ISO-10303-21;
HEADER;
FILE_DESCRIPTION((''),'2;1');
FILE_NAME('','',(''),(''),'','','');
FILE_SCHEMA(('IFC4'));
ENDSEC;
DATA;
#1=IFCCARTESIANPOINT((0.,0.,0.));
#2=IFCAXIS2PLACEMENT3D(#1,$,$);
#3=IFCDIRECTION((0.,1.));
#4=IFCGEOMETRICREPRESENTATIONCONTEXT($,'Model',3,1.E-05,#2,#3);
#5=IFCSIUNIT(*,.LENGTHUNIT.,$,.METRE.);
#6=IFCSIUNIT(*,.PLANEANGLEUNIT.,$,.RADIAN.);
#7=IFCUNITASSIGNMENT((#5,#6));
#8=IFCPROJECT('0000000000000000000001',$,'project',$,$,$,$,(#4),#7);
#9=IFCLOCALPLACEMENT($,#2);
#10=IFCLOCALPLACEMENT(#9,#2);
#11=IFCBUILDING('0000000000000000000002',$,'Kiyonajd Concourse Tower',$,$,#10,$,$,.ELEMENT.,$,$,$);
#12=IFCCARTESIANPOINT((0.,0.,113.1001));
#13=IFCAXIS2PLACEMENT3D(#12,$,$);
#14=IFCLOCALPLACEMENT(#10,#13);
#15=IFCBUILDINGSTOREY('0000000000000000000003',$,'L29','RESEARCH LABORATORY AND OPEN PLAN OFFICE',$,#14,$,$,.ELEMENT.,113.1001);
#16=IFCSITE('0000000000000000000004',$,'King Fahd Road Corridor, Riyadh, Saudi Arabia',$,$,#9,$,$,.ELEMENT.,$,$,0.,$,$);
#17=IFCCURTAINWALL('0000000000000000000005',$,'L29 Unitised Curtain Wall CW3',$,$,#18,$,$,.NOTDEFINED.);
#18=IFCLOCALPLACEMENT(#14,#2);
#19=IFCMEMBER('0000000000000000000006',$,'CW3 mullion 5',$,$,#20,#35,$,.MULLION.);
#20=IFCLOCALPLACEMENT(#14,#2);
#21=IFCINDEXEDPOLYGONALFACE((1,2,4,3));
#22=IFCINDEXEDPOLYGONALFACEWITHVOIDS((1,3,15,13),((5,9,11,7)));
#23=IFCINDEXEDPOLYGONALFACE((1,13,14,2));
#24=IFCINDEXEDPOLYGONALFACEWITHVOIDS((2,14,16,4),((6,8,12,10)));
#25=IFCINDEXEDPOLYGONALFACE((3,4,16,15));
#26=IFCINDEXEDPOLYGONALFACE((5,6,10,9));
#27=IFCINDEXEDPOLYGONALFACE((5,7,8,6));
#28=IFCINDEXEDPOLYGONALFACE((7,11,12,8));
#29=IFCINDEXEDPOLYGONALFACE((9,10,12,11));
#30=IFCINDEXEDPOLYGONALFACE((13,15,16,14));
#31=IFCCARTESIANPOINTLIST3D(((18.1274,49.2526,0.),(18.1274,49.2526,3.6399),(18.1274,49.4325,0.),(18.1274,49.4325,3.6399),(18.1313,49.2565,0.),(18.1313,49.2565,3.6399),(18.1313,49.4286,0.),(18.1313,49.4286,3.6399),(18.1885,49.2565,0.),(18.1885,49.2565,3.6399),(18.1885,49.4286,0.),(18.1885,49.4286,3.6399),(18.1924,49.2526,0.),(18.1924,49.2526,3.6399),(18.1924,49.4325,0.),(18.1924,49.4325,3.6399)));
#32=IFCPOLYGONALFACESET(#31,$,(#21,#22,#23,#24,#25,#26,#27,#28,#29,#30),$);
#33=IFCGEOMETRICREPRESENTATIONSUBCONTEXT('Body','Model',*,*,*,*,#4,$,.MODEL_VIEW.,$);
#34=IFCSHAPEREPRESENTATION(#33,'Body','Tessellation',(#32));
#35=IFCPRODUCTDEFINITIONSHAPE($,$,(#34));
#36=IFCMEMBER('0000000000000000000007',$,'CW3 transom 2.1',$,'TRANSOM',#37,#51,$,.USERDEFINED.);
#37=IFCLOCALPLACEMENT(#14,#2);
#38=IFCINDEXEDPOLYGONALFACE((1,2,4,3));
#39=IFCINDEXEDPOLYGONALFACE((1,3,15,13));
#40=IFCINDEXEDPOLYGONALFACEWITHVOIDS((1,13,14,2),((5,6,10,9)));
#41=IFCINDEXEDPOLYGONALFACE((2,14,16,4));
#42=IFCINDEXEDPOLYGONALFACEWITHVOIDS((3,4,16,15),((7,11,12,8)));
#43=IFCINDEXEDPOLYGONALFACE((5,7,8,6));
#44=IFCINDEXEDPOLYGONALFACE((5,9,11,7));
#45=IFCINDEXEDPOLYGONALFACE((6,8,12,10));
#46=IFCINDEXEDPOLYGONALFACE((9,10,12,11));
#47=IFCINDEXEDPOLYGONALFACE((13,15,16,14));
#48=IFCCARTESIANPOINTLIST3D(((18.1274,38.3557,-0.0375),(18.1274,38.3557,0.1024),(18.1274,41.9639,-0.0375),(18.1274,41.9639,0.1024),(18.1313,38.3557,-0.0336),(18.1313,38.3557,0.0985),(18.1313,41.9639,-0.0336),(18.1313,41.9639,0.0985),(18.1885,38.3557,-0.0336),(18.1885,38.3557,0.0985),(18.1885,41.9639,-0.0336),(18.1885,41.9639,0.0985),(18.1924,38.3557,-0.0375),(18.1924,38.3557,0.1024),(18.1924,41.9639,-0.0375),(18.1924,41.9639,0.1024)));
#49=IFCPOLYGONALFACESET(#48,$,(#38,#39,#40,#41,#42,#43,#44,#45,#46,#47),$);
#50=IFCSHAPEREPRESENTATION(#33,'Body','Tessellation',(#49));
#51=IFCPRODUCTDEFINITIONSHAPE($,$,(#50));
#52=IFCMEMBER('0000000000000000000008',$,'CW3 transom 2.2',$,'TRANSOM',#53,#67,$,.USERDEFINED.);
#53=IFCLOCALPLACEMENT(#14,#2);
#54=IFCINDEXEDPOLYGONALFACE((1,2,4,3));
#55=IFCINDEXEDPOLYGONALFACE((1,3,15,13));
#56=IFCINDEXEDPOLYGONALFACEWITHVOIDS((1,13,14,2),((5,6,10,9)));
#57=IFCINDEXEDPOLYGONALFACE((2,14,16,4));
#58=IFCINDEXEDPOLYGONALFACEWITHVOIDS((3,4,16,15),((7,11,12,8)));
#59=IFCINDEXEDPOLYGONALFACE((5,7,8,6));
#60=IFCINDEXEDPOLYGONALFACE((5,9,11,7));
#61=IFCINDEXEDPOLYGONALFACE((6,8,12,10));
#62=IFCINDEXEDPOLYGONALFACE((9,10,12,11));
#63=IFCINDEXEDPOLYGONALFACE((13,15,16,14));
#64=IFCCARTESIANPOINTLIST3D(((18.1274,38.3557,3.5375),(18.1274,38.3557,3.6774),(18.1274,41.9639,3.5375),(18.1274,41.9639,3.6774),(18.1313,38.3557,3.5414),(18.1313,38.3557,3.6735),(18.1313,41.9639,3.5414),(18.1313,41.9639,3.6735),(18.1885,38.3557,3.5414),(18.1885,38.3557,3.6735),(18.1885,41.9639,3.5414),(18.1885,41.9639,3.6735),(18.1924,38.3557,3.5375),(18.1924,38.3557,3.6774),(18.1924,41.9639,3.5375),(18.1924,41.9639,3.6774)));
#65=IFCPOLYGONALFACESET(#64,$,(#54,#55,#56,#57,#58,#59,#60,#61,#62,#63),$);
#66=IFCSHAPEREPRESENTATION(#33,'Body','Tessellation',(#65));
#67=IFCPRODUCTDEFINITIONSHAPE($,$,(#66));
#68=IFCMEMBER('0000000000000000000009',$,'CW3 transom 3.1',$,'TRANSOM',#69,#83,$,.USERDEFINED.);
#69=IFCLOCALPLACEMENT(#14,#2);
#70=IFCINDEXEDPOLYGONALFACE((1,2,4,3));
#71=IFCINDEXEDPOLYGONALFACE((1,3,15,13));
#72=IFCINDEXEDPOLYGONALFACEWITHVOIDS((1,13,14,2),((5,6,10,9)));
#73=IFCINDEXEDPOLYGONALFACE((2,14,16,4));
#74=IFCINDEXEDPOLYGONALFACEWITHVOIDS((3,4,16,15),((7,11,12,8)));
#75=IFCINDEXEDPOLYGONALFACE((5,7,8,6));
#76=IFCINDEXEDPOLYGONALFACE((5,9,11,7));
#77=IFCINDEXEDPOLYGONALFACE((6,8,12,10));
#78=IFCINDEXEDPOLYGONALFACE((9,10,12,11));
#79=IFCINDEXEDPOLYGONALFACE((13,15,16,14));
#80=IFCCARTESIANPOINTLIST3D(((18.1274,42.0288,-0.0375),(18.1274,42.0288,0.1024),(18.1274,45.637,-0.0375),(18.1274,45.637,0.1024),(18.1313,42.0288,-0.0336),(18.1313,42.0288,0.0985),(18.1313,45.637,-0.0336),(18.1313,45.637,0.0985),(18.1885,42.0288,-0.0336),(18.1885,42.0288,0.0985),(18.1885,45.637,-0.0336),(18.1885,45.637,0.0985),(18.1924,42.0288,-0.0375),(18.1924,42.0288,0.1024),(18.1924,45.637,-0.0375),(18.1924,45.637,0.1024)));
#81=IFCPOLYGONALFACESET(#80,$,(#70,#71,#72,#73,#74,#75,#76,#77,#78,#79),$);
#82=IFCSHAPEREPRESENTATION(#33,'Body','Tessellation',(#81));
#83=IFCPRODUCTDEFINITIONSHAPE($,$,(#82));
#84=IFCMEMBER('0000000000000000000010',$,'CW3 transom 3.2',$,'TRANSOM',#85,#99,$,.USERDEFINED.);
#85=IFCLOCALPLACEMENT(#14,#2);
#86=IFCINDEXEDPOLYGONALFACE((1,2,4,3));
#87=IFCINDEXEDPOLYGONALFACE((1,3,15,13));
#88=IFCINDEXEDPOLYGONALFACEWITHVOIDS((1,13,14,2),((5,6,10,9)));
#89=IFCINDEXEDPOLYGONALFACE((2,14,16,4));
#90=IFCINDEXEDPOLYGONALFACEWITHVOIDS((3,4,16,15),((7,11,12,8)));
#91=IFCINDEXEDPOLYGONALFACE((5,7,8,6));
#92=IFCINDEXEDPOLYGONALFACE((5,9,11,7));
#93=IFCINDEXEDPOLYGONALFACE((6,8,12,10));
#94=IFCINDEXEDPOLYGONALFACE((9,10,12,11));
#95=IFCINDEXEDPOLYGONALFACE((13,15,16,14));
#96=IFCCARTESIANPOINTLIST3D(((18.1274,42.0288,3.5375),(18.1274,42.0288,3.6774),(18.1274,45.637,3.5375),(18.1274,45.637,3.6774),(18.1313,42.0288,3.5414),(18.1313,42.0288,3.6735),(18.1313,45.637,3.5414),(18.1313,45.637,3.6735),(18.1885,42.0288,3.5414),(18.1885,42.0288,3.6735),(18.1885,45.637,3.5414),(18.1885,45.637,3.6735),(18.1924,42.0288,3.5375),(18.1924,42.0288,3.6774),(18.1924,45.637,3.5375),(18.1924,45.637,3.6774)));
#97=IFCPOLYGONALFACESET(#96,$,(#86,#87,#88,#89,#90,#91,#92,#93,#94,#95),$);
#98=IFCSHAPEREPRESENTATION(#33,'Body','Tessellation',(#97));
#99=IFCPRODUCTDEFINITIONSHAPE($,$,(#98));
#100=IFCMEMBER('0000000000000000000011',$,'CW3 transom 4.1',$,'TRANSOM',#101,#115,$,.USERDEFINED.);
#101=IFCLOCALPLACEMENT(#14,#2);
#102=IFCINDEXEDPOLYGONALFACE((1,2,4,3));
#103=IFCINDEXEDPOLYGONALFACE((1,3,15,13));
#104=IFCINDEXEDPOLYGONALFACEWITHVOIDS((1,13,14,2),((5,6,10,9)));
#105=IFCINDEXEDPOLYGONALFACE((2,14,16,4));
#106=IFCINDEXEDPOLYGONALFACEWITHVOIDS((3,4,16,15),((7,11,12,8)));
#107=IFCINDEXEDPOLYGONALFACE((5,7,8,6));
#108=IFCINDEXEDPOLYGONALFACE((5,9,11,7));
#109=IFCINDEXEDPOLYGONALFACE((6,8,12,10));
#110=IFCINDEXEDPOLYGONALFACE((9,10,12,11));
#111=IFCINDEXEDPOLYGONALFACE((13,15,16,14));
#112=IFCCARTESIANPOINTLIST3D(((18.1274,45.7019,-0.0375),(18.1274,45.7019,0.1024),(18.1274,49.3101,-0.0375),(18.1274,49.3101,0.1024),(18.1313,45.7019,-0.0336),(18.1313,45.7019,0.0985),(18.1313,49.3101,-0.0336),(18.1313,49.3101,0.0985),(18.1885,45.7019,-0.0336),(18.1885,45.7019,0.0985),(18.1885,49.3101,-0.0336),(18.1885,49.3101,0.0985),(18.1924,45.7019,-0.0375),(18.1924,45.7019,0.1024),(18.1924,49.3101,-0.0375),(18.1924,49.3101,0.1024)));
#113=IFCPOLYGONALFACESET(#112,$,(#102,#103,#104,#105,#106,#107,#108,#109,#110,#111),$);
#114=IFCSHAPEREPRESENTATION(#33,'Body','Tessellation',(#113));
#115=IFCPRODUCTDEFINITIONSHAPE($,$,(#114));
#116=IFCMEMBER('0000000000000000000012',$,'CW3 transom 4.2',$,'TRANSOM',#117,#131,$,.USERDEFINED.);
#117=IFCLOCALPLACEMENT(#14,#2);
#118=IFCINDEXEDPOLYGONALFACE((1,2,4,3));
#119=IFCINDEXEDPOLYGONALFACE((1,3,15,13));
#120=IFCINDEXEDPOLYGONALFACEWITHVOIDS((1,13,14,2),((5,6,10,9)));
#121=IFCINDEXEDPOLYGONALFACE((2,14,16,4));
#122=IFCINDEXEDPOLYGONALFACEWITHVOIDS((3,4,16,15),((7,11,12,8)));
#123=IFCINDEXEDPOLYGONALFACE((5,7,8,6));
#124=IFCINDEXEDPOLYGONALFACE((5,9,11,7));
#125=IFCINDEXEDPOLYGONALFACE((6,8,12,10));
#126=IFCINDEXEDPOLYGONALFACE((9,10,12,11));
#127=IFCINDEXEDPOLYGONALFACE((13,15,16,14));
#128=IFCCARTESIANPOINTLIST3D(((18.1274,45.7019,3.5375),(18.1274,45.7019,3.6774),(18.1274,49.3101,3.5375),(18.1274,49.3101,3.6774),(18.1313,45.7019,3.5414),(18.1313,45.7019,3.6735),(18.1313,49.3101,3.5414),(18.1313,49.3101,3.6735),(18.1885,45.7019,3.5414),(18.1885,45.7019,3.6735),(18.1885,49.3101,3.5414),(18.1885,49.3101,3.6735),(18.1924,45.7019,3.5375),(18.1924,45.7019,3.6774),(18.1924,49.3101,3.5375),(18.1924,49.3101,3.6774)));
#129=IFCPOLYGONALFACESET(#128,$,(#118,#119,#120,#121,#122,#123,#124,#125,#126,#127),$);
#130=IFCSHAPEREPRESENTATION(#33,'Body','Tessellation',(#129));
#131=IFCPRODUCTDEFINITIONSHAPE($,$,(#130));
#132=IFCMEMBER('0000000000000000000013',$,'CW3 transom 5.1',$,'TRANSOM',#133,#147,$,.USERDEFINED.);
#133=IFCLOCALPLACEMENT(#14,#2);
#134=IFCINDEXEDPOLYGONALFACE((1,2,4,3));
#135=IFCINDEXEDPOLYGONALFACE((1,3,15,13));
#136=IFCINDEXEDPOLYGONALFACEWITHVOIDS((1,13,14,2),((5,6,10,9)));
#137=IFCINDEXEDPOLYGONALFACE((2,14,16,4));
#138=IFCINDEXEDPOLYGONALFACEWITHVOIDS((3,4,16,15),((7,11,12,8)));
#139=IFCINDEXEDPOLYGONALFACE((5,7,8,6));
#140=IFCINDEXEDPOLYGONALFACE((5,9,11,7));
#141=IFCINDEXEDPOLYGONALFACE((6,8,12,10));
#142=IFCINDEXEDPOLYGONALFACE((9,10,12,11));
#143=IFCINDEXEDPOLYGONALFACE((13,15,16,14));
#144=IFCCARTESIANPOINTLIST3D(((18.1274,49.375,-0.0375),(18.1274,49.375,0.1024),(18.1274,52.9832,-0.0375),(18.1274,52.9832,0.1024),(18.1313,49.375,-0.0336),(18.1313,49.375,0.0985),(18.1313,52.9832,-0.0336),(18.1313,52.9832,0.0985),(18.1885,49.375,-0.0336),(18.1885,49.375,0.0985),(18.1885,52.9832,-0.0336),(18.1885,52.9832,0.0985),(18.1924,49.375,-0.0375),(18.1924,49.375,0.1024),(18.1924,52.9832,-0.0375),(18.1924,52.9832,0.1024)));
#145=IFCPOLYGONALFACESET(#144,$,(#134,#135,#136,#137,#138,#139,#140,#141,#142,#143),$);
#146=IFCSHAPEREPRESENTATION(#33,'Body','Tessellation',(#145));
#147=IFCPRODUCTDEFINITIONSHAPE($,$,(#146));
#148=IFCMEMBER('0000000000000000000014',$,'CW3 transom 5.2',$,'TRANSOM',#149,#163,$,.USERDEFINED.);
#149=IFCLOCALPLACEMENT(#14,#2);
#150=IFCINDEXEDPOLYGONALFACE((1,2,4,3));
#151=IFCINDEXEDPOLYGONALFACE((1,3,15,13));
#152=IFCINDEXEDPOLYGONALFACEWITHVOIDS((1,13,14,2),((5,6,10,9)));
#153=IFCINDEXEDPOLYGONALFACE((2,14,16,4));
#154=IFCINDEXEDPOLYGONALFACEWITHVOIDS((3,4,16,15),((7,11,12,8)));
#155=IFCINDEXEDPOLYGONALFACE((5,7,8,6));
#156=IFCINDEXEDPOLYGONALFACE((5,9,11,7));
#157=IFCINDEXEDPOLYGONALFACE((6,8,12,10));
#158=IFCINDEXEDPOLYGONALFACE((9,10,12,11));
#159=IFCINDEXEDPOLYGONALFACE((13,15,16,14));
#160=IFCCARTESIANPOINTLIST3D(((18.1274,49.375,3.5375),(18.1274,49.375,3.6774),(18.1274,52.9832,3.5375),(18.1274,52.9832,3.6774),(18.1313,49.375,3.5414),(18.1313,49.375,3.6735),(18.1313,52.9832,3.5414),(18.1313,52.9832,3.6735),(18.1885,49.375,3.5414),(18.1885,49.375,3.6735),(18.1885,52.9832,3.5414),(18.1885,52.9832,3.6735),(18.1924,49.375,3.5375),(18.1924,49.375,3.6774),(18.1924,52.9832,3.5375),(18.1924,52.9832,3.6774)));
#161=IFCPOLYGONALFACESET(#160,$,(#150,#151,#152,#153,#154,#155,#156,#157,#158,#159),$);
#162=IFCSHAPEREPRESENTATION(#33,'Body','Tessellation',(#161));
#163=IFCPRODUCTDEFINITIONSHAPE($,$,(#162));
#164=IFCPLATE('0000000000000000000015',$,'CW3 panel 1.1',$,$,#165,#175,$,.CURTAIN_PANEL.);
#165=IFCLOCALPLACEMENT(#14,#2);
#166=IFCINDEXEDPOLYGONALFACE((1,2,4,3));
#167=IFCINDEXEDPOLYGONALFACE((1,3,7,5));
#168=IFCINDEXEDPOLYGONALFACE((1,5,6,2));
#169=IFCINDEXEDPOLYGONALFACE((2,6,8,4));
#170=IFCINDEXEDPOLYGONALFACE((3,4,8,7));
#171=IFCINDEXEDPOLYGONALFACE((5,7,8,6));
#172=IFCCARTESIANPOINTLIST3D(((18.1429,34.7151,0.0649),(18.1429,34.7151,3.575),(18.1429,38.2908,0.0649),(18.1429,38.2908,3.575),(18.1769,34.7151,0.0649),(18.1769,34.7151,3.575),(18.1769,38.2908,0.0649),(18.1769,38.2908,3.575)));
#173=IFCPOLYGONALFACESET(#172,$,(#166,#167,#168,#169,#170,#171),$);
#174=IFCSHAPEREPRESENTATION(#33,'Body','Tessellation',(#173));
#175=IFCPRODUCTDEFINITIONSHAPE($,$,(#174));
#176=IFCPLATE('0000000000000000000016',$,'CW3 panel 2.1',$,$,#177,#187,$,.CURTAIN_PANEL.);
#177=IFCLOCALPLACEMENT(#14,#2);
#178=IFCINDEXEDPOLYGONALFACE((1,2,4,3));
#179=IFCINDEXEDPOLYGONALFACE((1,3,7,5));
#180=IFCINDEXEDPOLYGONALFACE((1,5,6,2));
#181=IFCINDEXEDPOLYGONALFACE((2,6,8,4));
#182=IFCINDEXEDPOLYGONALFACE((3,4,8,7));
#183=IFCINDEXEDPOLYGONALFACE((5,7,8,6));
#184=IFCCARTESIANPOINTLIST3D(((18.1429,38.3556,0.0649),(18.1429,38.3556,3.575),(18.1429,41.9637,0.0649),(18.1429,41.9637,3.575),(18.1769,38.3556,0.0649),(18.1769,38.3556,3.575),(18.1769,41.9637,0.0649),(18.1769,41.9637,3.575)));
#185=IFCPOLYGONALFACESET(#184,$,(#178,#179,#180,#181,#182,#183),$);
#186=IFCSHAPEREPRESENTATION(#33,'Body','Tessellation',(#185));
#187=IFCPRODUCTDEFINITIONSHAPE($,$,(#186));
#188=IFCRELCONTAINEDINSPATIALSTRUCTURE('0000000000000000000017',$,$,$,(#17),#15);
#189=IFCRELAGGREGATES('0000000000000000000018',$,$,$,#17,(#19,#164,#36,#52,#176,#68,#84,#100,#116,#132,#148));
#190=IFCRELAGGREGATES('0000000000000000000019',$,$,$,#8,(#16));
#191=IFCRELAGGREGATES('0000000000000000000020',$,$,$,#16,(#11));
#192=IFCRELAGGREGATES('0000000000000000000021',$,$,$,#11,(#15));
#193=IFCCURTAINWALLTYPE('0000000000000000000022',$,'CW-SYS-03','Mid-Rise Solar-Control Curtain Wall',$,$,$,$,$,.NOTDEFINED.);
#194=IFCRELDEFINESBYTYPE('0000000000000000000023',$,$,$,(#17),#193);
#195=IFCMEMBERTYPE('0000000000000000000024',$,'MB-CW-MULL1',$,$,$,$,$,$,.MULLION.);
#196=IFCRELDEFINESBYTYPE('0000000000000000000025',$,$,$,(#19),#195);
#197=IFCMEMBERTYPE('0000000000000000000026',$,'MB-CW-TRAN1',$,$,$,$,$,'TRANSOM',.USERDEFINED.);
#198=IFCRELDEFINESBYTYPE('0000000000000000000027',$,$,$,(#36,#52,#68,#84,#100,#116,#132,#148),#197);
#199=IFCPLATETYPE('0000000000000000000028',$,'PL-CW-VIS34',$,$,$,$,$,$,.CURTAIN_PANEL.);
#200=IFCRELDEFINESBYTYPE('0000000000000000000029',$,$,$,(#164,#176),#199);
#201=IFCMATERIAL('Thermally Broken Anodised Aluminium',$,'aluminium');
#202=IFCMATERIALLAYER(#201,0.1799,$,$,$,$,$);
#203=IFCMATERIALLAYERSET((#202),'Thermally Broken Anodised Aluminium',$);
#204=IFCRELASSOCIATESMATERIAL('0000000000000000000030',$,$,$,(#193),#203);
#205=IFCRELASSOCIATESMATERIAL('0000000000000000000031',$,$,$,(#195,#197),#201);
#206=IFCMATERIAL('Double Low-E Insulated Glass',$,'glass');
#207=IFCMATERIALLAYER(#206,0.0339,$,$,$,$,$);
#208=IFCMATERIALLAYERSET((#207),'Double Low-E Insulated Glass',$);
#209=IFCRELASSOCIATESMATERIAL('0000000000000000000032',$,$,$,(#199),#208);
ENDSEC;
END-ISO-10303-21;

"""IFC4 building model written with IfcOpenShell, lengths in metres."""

from ifc_helpers import new_model, si_unit, direction, frame, origin, origin_2d, place, context, subcontext, project, spatial, rectangle, hollow_rectangle, extrude, material, layer, layer_set, material_profile, profile_set, type_object, element, aggregate, save


model = new_model("IFC4")

# Units and contexts
model_context = context("Model", 3, precision=1e-05, world=origin(), true_north=direction((0.0, 1.0)))
body_context = subcontext(model_context, "Body", "Model", "MODEL_VIEW")
ifc_project = project(units=[si_unit("LENGTHUNIT", "METRE"), si_unit("PLANEANGLEUNIT", "RADIAN")], contexts=[model_context])

# Site, building, storey
site_placement = place(None, origin())
site = spatial("IfcSite", under=ifc_project, at=site_placement, Name="King Fahd Road Corridor, Riyadh, Saudi Arabia", CompositionType="ELEMENT", RefElevation=0.0)
building_placement = place(site_placement, origin())
building = spatial("IfcBuilding", under=site, at=building_placement, Name="Kiyonajd Concourse Tower", CompositionType="ELEMENT")
storey_placement = place(building_placement, frame((0.0, 0.0, 113.1001)))
storey = spatial("IfcBuildingStorey", under=building, at=storey_placement, Name="L29", Description="RESEARCH LABORATORY AND OPEN PLAN OFFICE", CompositionType="ELEMENT", Elevation=113.1001)

# Curtain wall, members, plates
ifc_material_1 = material(Name="Thermally Broken Anodised Aluminium", Category="aluminium")
ifc_layer_1 = layer(ifc_material_1, 0.1799)
ifc_layer_set_1 = layer_set([ifc_layer_1], Name="Thermally Broken Anodised Aluminium")
curtain_wall_type = type_object("IfcCurtainWallType", Name="CW-SYS-03", Description="Mid-Rise Solar-Control Curtain Wall", PredefinedType="NOTDEFINED", material=ifc_layer_set_1)
curtain_wall_placement = place(storey_placement, origin())
curtain_wall = element("IfcCurtainWall", 1, at=curtain_wall_placement, inside=storey, type_object=curtain_wall_type, Name="L29 Unitised Curtain Wall CW3", PredefinedType="NOTDEFINED")
ifc_material_profile_1 = material_profile(ifc_material_1, hollow_rectangle(XDim=0.0649, YDim=0.1799, WallThickness=0.0039, at=origin_2d()), Name="MULL-65x180")
ifc_profile_set_1 = profile_set([ifc_material_profile_1], Name="Thermally Broken Anodised Aluminium")
member_type_1 = type_object("IfcMemberType", Name="MB-CW-MULL1", PredefinedType="MULLION", material=ifc_profile_set_1)
member_1_placement = place(storey_placement, frame((18.1599, 49.3425, 0.0), z_axis=(0.0, 0.0, 1.0), x_axis=(-1.0, 0.0, 0.0)))
member_1 = element("IfcMember", 2, at=member_1_placement, type_object=member_type_1, Name="CW3 mullion 5", PredefinedType="MULLION", context=body_context, shape_type="SweptSolid", body=[
    extrude(hollow_rectangle(XDim=0.0649, YDim=0.1799, WallThickness=0.0039, at=origin_2d()), origin(), (0.0, 0.0, 1.0), 3.6399),
])
ifc_material_profile_2 = material_profile(ifc_material_1, hollow_rectangle(XDim=0.0649, YDim=0.1399, WallThickness=0.0039, at=origin_2d()), Name="TRAN-65x140")
ifc_profile_set_2 = profile_set([ifc_material_profile_2], Name="Thermally Broken Anodised Aluminium")
member_type_2 = type_object("IfcMemberType", Name="MB-CW-TRAN1", ElementType="TRANSOM", PredefinedType="USERDEFINED", material=ifc_profile_set_2)
member_2_placement = place(storey_placement, frame((18.1599, 38.3557, 0.0325), z_axis=(0.0, 1.0, 0.0), x_axis=(-1.0, 0.0, 0.0)))
member_2 = element("IfcMember", 3, at=member_2_placement, type_object=member_type_2, Name="CW3 transom 2.1", ObjectType="TRANSOM", PredefinedType="USERDEFINED", context=body_context, shape_type="SweptSolid", body=[
    extrude(hollow_rectangle(XDim=0.0649, YDim=0.1399, WallThickness=0.0039, at=origin_2d()), origin(), (0.0, 0.0, 1.0), 3.6082),
])
member_3_placement = place(storey_placement, frame((18.1599, 38.3557, 3.6074), z_axis=(0.0, 1.0, 0.0), x_axis=(-1.0, 0.0, 0.0)))
member_3 = element("IfcMember", 4, at=member_3_placement, type_object=member_type_2, Name="CW3 transom 2.2", ObjectType="TRANSOM", PredefinedType="USERDEFINED", context=body_context, shape_type="SweptSolid", body=[
    extrude(hollow_rectangle(XDim=0.0649, YDim=0.1399, WallThickness=0.0039, at=origin_2d()), origin(), (0.0, 0.0, 1.0), 3.6082),
])
member_4_placement = place(storey_placement, frame((18.1599, 42.0288, 0.0325), z_axis=(0.0, 1.0, 0.0), x_axis=(-1.0, 0.0, 0.0)))
member_4 = element("IfcMember", 5, at=member_4_placement, type_object=member_type_2, Name="CW3 transom 3.1", ObjectType="TRANSOM", PredefinedType="USERDEFINED", context=body_context, shape_type="SweptSolid", body=[
    extrude(hollow_rectangle(XDim=0.0649, YDim=0.1399, WallThickness=0.0039, at=origin_2d()), origin(), (0.0, 0.0, 1.0), 3.6082),
])
member_5_placement = place(storey_placement, frame((18.1599, 42.0288, 3.6074), z_axis=(0.0, 1.0, 0.0), x_axis=(-1.0, 0.0, 0.0)))
member_5 = element("IfcMember", 6, at=member_5_placement, type_object=member_type_2, Name="CW3 transom 3.2", ObjectType="TRANSOM", PredefinedType="USERDEFINED", context=body_context, shape_type="SweptSolid", body=[
    extrude(hollow_rectangle(XDim=0.0649, YDim=0.1399, WallThickness=0.0039, at=origin_2d()), origin(), (0.0, 0.0, 1.0), 3.6082),
])
member_6_placement = place(storey_placement, frame((18.1599, 45.7019, 0.0325), z_axis=(0.0, 1.0, 0.0), x_axis=(-1.0, 0.0, 0.0)))
member_6 = element("IfcMember", 7, at=member_6_placement, type_object=member_type_2, Name="CW3 transom 4.1", ObjectType="TRANSOM", PredefinedType="USERDEFINED", context=body_context, shape_type="SweptSolid", body=[
    extrude(hollow_rectangle(XDim=0.0649, YDim=0.1399, WallThickness=0.0039, at=origin_2d()), origin(), (0.0, 0.0, 1.0), 3.6082),
])
member_7_placement = place(storey_placement, frame((18.1599, 45.7019, 3.6074), z_axis=(0.0, 1.0, 0.0), x_axis=(-1.0, 0.0, 0.0)))
member_7 = element("IfcMember", 8, at=member_7_placement, type_object=member_type_2, Name="CW3 transom 4.2", ObjectType="TRANSOM", PredefinedType="USERDEFINED", context=body_context, shape_type="SweptSolid", body=[
    extrude(hollow_rectangle(XDim=0.0649, YDim=0.1399, WallThickness=0.0039, at=origin_2d()), origin(), (0.0, 0.0, 1.0), 3.6082),
])
member_8_placement = place(storey_placement, frame((18.1599, 49.375, 0.0325), z_axis=(0.0, 1.0, 0.0), x_axis=(-1.0, 0.0, 0.0)))
member_8 = element("IfcMember", 9, at=member_8_placement, type_object=member_type_2, Name="CW3 transom 5.1", ObjectType="TRANSOM", PredefinedType="USERDEFINED", context=body_context, shape_type="SweptSolid", body=[
    extrude(hollow_rectangle(XDim=0.0649, YDim=0.1399, WallThickness=0.0039, at=origin_2d()), origin(), (0.0, 0.0, 1.0), 3.6082),
])
member_9_placement = place(storey_placement, frame((18.1599, 49.375, 3.6074), z_axis=(0.0, 1.0, 0.0), x_axis=(-1.0, 0.0, 0.0)))
member_9 = element("IfcMember", 10, at=member_9_placement, type_object=member_type_2, Name="CW3 transom 5.2", ObjectType="TRANSOM", PredefinedType="USERDEFINED", context=body_context, shape_type="SweptSolid", body=[
    extrude(hollow_rectangle(XDim=0.0649, YDim=0.1399, WallThickness=0.0039, at=origin_2d()), origin(), (0.0, 0.0, 1.0), 3.6082),
])
ifc_material_2 = material(Name="Double Low-E Insulated Glass", Category="glass")
ifc_layer_2 = layer(ifc_material_2, 0.0339)
ifc_layer_set_2 = layer_set([ifc_layer_2], Name="Double Low-E Insulated Glass")
plate_type = type_object("IfcPlateType", Name="PL-CW-VIS34", PredefinedType="CURTAIN_PANEL", material=ifc_layer_set_2)
plate_1_placement = place(storey_placement, frame((18.1599, 36.5029, 0.0649), z_axis=(0.0, 0.0, 1.0), x_axis=(0.0, 1.0, 0.0)))
plate_1 = element("IfcPlate", 11, at=plate_1_placement, type_object=plate_type, Name="CW3 panel 1.1", PredefinedType="CURTAIN_PANEL", context=body_context, shape_type="SweptSolid", body=[
    extrude(rectangle(XDim=3.5757, YDim=0.0339, at=origin_2d()), origin(), (0.0, 0.0, 1.0), 3.51),
])
plate_2_placement = place(storey_placement, frame((18.1599, 40.1597, 0.0649), z_axis=(0.0, 0.0, 1.0), x_axis=(0.0, 1.0, 0.0)))
plate_2 = element("IfcPlate", 12, at=plate_2_placement, type_object=plate_type, Name="CW3 panel 2.1", PredefinedType="CURTAIN_PANEL", context=body_context, shape_type="SweptSolid", body=[
    extrude(rectangle(XDim=3.6082, YDim=0.0339, at=origin_2d()), origin(), (0.0, 0.0, 1.0), 3.51),
])
aggregate(curtain_wall, [member_1, plate_1, member_2, member_3, plate_2, member_4, member_5, member_6, member_7, member_8, member_9])

save(model, "model.ifc")
